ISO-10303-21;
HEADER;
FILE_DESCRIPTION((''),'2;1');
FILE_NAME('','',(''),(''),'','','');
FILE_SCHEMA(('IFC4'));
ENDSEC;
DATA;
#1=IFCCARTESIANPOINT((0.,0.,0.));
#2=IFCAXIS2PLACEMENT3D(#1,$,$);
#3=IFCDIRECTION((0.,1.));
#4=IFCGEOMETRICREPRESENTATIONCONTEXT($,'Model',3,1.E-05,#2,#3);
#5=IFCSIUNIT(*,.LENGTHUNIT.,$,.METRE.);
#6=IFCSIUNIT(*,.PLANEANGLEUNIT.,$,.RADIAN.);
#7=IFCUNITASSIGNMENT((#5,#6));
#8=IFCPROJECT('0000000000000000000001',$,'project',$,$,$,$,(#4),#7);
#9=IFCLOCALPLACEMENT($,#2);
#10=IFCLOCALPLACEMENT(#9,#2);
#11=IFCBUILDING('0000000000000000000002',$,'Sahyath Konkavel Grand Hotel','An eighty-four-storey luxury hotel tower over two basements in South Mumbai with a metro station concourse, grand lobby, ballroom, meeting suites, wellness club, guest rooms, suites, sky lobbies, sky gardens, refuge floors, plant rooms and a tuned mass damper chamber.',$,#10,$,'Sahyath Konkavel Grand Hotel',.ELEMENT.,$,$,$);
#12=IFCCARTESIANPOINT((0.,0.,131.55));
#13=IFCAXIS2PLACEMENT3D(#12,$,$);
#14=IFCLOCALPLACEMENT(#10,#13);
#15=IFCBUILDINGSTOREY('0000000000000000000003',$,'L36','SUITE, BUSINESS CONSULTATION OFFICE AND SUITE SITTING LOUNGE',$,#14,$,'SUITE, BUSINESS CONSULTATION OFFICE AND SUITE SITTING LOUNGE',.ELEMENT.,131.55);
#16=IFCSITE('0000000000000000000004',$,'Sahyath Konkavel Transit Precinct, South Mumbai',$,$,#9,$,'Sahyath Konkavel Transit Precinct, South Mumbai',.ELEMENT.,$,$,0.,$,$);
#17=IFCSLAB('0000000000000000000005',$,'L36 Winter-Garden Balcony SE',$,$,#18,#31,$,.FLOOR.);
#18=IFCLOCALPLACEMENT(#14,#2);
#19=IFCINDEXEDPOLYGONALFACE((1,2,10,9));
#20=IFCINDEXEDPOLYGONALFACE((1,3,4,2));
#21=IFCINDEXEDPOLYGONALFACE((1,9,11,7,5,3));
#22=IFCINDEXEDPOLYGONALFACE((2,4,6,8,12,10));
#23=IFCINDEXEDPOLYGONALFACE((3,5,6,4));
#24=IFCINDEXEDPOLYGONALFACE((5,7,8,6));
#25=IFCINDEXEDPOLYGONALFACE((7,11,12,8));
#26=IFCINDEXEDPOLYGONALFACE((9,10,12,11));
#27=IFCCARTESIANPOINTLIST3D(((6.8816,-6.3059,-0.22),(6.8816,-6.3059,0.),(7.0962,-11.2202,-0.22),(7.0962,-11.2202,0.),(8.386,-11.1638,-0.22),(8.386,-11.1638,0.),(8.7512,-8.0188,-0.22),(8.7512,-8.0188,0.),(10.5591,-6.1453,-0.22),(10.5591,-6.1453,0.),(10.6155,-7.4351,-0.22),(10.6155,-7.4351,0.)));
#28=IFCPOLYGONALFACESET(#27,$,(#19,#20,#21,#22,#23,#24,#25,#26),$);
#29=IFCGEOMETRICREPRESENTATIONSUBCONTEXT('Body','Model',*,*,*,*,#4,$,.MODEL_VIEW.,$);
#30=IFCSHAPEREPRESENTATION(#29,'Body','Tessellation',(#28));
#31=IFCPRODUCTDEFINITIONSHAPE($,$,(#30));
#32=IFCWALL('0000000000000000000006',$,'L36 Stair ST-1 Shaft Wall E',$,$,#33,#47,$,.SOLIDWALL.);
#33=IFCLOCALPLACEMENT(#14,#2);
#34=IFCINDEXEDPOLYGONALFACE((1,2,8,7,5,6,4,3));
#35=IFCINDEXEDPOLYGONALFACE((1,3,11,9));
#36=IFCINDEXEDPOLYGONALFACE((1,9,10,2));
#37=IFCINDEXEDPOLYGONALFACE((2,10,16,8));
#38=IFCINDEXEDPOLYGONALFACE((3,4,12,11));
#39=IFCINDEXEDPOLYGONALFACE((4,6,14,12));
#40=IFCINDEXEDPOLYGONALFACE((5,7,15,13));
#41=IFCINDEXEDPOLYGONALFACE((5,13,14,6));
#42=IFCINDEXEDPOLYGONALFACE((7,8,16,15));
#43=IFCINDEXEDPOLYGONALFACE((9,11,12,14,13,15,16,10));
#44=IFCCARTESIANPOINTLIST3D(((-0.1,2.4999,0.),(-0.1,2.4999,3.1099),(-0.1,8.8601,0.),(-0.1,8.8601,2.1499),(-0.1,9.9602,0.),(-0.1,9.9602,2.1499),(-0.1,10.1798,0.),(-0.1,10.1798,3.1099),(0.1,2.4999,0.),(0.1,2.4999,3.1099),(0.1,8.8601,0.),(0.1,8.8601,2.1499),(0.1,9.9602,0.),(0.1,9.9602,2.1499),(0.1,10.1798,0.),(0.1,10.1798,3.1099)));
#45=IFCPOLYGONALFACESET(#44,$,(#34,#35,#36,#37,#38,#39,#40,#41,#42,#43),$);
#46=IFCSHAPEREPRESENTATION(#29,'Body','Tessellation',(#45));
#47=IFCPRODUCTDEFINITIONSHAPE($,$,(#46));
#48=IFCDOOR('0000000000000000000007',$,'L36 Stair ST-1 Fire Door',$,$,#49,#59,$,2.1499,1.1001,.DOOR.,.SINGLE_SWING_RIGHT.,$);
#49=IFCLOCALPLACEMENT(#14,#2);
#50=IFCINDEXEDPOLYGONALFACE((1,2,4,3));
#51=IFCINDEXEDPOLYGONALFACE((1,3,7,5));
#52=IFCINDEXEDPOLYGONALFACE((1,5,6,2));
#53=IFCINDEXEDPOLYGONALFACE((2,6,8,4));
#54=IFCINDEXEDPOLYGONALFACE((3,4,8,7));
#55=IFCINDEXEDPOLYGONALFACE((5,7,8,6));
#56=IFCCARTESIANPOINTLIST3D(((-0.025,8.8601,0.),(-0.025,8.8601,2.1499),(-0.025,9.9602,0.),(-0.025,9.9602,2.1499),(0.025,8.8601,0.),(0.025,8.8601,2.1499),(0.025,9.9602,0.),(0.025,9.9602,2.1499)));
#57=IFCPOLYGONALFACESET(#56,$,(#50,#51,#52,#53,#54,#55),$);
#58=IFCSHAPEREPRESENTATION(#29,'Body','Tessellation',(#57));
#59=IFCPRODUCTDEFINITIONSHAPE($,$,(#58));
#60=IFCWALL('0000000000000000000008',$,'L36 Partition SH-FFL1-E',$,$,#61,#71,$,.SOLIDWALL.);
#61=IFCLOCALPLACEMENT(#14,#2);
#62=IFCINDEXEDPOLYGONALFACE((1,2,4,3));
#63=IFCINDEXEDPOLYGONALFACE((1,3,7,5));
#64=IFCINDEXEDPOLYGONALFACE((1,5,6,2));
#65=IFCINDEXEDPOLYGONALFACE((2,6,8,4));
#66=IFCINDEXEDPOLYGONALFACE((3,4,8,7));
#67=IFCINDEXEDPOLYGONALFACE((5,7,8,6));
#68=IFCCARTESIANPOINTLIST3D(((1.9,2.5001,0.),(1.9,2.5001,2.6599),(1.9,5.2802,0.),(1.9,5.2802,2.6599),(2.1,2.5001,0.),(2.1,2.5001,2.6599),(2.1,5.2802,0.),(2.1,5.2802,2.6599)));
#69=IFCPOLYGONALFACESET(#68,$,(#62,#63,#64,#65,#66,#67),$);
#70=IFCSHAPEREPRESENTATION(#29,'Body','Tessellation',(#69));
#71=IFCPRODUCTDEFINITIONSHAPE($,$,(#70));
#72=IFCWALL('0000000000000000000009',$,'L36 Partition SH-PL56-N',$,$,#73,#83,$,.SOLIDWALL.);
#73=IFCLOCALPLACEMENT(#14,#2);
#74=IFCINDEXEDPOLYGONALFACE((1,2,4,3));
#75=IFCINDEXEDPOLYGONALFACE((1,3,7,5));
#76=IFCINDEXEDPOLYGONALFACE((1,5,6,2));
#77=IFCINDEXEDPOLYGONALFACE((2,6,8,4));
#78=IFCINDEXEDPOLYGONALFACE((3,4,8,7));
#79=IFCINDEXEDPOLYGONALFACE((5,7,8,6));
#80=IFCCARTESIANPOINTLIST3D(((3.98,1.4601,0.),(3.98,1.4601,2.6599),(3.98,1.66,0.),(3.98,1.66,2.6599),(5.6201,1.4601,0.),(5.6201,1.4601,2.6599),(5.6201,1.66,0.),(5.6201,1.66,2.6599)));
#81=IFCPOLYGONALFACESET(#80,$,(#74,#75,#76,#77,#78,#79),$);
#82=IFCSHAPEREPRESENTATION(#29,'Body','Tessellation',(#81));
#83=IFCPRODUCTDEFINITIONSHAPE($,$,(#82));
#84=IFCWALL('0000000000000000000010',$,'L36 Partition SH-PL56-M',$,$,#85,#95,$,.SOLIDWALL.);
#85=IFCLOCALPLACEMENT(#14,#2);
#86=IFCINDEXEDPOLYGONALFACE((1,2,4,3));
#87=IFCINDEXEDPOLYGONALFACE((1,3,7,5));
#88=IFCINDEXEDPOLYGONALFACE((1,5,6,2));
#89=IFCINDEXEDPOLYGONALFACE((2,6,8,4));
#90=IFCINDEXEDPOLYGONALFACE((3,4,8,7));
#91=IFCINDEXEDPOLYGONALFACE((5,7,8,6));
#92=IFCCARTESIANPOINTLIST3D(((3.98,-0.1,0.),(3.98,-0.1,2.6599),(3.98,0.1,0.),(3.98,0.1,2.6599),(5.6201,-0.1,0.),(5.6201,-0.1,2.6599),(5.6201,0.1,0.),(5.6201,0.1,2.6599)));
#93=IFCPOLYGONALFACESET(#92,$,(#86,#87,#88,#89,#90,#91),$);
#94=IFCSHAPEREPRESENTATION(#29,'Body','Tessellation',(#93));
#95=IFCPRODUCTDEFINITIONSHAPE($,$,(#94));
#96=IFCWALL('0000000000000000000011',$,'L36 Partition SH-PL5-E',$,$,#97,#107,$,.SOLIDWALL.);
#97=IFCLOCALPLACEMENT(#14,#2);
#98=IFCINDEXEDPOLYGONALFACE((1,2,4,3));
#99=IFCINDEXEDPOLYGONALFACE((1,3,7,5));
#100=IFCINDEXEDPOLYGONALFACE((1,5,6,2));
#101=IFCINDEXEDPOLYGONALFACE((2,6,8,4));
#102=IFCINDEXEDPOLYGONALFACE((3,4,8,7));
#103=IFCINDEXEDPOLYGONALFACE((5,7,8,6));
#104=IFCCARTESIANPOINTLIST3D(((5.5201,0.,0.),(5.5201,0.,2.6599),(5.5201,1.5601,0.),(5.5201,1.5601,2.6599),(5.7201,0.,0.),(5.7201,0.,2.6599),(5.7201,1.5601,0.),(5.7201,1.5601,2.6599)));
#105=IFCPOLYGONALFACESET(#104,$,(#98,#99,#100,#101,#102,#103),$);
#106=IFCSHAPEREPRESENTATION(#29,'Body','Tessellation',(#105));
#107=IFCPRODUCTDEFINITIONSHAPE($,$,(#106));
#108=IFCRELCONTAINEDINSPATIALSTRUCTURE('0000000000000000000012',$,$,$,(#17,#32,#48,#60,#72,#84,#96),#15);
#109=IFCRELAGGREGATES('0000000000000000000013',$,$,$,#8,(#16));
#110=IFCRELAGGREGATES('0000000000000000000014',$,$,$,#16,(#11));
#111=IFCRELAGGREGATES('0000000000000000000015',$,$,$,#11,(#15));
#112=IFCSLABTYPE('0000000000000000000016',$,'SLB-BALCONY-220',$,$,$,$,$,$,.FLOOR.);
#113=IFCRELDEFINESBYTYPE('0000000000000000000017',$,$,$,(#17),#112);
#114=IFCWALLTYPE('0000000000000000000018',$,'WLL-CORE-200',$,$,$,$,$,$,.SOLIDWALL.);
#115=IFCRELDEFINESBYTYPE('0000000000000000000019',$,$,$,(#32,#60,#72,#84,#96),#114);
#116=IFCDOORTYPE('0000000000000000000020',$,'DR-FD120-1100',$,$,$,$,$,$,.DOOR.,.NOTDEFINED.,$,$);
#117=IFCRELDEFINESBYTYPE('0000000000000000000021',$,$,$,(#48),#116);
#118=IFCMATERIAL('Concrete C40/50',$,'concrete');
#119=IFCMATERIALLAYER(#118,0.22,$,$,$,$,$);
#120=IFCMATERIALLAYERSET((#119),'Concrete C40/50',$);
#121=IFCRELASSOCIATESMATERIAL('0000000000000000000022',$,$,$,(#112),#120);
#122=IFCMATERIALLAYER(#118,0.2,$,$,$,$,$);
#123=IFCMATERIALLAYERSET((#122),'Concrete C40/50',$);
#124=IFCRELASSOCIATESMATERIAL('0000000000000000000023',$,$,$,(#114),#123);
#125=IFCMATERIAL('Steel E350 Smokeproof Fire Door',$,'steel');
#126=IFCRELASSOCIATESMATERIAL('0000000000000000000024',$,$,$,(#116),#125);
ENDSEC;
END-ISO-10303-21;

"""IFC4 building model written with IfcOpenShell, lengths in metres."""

from ifc_helpers import new_model, si_unit, direction, frame, frame_2d, origin, origin_2d, place, context, subcontext, project, spatial, polyline, rectangle, outline, extrude, source, transform, mapped, material, layer, layer_set, type_object, element, fill, save


model = new_model("IFC4")

# Units and contexts
model_context = context("Model", 3, precision=1e-05, world=origin(), true_north=direction((0.0, 1.0)))
body_context = subcontext(model_context, "Body", "Model", "MODEL_VIEW")
ifc_project = project(units=[si_unit("LENGTHUNIT", "METRE"), si_unit("PLANEANGLEUNIT", "RADIAN")], contexts=[model_context])

# Site, building, storey
site_placement = place(None, origin())
site = spatial("IfcSite", under=ifc_project, at=site_placement, Name="Sahyath Konkavel Transit Precinct, South Mumbai", LongName="Sahyath Konkavel Transit Precinct, South Mumbai", CompositionType="ELEMENT", RefElevation=0.0)
building_placement = place(site_placement, origin())
building = spatial("IfcBuilding", under=site, at=building_placement, Name="Sahyath Konkavel Grand Hotel", Description="An eighty-four-storey luxury hotel tower over two basements in South Mumbai with a metro station concourse, grand lobby, ballroom, meeting suites, wellness club, guest rooms, suites, sky lobbies, sky gardens, refuge floors, plant rooms and a tuned mass damper chamber.", LongName="Sahyath Konkavel Grand Hotel", CompositionType="ELEMENT")
storey_placement = place(building_placement, frame((0.0, 0.0, 131.55)))
storey = spatial("IfcBuildingStorey", under=building, at=storey_placement, Name="L36", Description="SUITE, BUSINESS CONSULTATION OFFICE AND SUITE SITTING LOUNGE", LongName="SUITE, BUSINESS CONSULTATION OFFICE AND SUITE SITTING LOUNGE", CompositionType="ELEMENT", Elevation=131.55)

# Slab
ifc_material_1 = material(Name="Concrete C40/50", Category="concrete")
ifc_layer_1 = layer(ifc_material_1, 0.22)
ifc_layer_set_1 = layer_set([ifc_layer_1], Name="Concrete C40/50")
slab_type = type_object("IfcSlabType", Name="SLB-BALCONY-220", PredefinedType="FLOOR", material=ifc_layer_set_1)
slab_placement = place(storey_placement, frame((0.0, 0.0, -0.22)))
element("IfcSlab", 1, at=slab_placement, inside=storey, type_object=slab_type, Name="L36 Winter-Garden Balcony SE", PredefinedType="FLOOR", context=body_context, shape_type="SweptSolid", body=[
    extrude(outline(polyline([(6.8816, -6.3059), (7.0962, -11.2202), (8.386, -11.1638), (8.7512, -8.0188), (10.6155, -7.4351), (10.5591, -6.1453), (6.8816, -6.3059)])), origin(), (0.0, 0.0, 1.0), 0.22),
])

# Wall, opening, door
ifc_layer_2 = layer(ifc_material_1, 0.2)
ifc_layer_set_2 = layer_set([ifc_layer_2], Name="Concrete C40/50")
wall_type = type_object("IfcWallType", Name="WLL-CORE-200", PredefinedType="SOLIDWALL", material=ifc_layer_set_2)
wall_1_placement = place(storey_placement, frame((0.0, 2.5, 0.0), z_axis=(0.0, 0.0, 1.0), x_axis=(0.0, 1.0, 0.0)))
wall_1 = element("IfcWall", 2, at=wall_1_placement, inside=storey, type_object=wall_type, Name="L36 Stair ST-1 Shaft Wall E", PredefinedType="SOLIDWALL", context=body_context, shape_type="SweptSolid", body=[
    extrude(rectangle(XDim=7.6799, YDim=0.2, at=frame_2d((3.8398, 0.0))), origin(), (0.0, 0.0, 1.0), 3.1099),
])
opening_placement = place(wall_1_placement, frame((6.3601, 0.0, 0.0)))
opening = element("IfcOpeningElement", 3, at=opening_placement, cuts=wall_1, PredefinedType="OPENING", context=body_context, shape_type="SweptSolid", body=[
    extrude(rectangle(XDim=1.1001, YDim=2.1499, at=frame_2d((0.55, 1.075))), frame((0.0, 0.1099, 0.0), z_axis=(0.0, -1.0, 0.0), x_axis=(1.0, 0.0, 0.0)), (0.0, 0.0, 1.0), 0.22),
])
ifc_material_2 = material(Name="Steel E350 Smokeproof Fire Door", Category="steel")
door_type = type_object("IfcDoorType", Name="DR-FD120-1100", OperationType="NOTDEFINED", PredefinedType="DOOR", material=ifc_material_2)
shared_shape_1 = source(origin(), body_context, "Body", "SweptSolid", [
    extrude(rectangle(XDim=1.1001, YDim=0.05, at=origin_2d()), origin(), (0.0, 0.0, 1.0), 2.1499),
])
door_placement = place(opening_placement, frame((0.55, 0.0, 0.0)))
door = element("IfcDoor", 4, at=door_placement, inside=storey, type_object=door_type, Name="L36 Stair ST-1 Fire Door", OperationType="SINGLE_SWING_RIGHT", OverallHeight=2.1499, OverallWidth=1.1001, PredefinedType="DOOR", context=body_context, shape_type="MappedRepresentation", body=[
    mapped(shared_shape_1, transform((0.0, 0.0, 0.0), scale=1.0)),
])
fill(opening, door)

# Walls
wall_2_placement = place(storey_placement, frame((2.0, 2.5, 0.0), z_axis=(0.0, 0.0, 1.0), x_axis=(0.0, 1.0, 0.0)))
element("IfcWall", 5, at=wall_2_placement, inside=storey, type_object=wall_type, Name="L36 Partition SH-FFL1-E", PredefinedType="SOLIDWALL", context=body_context, shape_type="SweptSolid", body=[
    extrude(rectangle(XDim=2.78, YDim=0.2, at=frame_2d((1.3901, 0.0))), origin(), (0.0, 0.0, 1.0), 2.6599),
])
for number, where, z_axis, x_axis, name in (
    (6, (3.98, 1.5601, 0.0), (0.0, 0.0, 1.0), (1.0, 0.0, 0.0), "L36 Partition SH-PL56-N"),
    (7, (3.98, 0.0, 0.0), (0.0, 0.0, 1.0), (1.0, 0.0, 0.0), "L36 Partition SH-PL56-M"),
):
    element("IfcWall", number, at=place(storey_placement, frame(where, z_axis=z_axis, x_axis=x_axis)), inside=storey, type_object=wall_type, Name=name, PredefinedType="SOLIDWALL", context=body_context, shape_type="SweptSolid", body=[
        extrude(rectangle(XDim=1.6401, YDim=0.2, at=frame_2d((0.8201, 0.0))), origin(), (0.0, 0.0, 1.0), 2.6599),
    ])
wall_3_placement = place(storey_placement, frame((5.6201, 0.0, 0.0), z_axis=(0.0, 0.0, 1.0), x_axis=(0.0, 1.0, 0.0)))
element("IfcWall", 8, at=wall_3_placement, inside=storey, type_object=wall_type, Name="L36 Partition SH-PL5-E", PredefinedType="SOLIDWALL", context=body_context, shape_type="SweptSolid", body=[
    extrude(rectangle(XDim=1.5601, YDim=0.2, at=frame_2d((0.78, 0.0))), origin(), (0.0, 0.0, 1.0), 2.6599),
])

save(model, "model.ifc")
